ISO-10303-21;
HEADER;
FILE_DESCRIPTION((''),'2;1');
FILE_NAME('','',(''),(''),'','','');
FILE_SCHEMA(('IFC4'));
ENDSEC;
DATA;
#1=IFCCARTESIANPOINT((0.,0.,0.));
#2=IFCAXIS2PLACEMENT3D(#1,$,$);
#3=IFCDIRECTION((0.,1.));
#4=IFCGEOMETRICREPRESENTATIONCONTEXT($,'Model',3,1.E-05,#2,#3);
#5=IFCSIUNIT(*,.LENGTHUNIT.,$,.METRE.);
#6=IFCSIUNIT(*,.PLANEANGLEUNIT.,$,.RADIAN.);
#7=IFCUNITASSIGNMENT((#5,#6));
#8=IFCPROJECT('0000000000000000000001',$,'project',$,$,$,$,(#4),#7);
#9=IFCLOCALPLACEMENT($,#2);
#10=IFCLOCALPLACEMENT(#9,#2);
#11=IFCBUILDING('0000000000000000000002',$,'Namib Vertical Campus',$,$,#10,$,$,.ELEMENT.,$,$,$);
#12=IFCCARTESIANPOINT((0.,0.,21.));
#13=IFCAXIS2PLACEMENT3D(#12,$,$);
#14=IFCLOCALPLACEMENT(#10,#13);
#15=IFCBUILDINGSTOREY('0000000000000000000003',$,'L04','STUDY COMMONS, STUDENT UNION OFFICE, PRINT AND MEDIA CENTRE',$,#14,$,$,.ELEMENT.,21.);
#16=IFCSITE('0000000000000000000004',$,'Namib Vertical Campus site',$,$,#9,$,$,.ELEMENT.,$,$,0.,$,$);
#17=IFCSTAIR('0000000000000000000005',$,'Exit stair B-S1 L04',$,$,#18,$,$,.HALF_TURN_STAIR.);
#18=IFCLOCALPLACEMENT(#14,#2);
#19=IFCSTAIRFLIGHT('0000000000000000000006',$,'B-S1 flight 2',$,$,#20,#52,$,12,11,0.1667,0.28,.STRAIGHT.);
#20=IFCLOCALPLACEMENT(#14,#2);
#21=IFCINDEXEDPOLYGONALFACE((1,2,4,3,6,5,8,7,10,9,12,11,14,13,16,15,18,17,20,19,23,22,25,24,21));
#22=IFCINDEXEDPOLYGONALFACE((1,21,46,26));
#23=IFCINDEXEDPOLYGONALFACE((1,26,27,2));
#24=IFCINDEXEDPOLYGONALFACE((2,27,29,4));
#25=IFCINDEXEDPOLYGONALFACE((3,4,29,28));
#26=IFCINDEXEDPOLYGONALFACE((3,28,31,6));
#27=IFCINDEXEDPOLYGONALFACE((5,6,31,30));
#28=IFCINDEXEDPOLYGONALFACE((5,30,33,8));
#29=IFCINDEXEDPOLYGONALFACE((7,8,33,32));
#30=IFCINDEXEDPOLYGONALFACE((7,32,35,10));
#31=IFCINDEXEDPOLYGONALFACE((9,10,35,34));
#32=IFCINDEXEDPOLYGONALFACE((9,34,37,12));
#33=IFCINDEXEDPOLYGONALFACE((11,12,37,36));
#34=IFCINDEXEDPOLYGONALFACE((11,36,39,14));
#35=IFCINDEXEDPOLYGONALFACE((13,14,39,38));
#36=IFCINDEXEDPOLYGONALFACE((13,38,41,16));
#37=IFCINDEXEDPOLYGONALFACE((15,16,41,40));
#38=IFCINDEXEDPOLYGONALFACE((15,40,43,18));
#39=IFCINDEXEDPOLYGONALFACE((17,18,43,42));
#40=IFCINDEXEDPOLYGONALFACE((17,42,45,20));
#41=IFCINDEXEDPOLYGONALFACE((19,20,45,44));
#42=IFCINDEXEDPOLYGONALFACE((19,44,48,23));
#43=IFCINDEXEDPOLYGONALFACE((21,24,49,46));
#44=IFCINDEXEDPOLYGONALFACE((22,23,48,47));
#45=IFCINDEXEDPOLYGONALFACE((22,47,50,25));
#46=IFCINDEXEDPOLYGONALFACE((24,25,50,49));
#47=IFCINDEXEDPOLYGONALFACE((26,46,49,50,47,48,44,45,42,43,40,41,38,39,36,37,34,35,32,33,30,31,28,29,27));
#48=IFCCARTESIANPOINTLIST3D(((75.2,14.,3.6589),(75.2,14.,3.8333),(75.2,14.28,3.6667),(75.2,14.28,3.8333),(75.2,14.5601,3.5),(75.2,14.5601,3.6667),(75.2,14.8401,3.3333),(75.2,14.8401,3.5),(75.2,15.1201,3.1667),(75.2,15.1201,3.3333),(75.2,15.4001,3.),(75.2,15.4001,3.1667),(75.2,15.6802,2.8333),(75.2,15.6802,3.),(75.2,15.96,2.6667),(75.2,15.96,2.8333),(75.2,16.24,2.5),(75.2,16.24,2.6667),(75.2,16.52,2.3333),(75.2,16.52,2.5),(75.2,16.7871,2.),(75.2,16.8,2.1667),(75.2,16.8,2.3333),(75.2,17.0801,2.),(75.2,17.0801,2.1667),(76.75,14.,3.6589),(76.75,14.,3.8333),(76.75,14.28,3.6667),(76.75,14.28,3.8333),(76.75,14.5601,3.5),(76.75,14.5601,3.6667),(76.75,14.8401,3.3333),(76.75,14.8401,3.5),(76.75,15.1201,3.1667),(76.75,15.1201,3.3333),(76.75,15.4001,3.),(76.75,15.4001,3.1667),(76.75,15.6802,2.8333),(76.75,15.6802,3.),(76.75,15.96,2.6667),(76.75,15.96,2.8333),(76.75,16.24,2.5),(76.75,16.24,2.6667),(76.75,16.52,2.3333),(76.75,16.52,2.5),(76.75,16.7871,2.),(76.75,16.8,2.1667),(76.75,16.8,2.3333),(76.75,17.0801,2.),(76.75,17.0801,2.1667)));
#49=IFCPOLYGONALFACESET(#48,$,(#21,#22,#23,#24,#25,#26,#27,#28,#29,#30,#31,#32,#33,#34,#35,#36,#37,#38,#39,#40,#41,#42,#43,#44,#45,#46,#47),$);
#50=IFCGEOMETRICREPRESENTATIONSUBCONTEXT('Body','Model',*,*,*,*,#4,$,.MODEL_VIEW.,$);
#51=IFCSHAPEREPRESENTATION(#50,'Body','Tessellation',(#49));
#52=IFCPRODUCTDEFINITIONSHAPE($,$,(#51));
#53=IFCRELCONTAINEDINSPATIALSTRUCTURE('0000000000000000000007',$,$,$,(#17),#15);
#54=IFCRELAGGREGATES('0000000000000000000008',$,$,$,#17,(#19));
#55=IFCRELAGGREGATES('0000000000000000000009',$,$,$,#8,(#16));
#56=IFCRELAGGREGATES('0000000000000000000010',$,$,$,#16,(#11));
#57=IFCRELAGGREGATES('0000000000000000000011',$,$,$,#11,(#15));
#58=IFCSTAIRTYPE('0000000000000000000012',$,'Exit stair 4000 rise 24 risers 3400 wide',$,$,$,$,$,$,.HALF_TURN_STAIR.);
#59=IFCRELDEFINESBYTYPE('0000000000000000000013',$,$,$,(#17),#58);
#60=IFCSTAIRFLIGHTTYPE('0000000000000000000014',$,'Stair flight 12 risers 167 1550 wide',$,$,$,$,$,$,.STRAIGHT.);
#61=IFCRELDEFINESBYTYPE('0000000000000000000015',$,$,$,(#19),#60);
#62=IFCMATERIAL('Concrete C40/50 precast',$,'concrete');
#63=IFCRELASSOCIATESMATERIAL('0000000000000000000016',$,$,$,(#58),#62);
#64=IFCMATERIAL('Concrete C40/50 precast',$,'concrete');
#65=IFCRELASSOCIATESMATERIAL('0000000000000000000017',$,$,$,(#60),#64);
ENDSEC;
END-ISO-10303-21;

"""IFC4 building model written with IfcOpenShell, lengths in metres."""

from ifc_helpers import new_model, si_unit, direction, frame, origin, place, context, subcontext, project, spatial, polyline, outline, extrude, material, type_object, element, aggregate, save


model = new_model("IFC4")

# Units and contexts
model_context = context("Model", 3, precision=1e-05, world=origin(), true_north=direction((0.0, 1.0)))
body_context = subcontext(model_context, "Body", "Model", "MODEL_VIEW")
ifc_project = project(units=[si_unit("LENGTHUNIT", "METRE"), si_unit("PLANEANGLEUNIT", "RADIAN")], contexts=[model_context])

# Site, building, storey
site_placement = place(None, origin())
site = spatial("IfcSite", under=ifc_project, at=site_placement, Name="Namib Vertical Campus site", CompositionType="ELEMENT", RefElevation=0.0)
building_placement = place(site_placement, origin())
building = spatial("IfcBuilding", under=site, at=building_placement, Name="Namib Vertical Campus", CompositionType="ELEMENT")
storey_placement = place(building_placement, frame((0.0, 0.0, 21.0)))
storey = spatial("IfcBuildingStorey", under=building, at=storey_placement, Name="L04", Description="STUDY COMMONS, STUDENT UNION OFFICE, PRINT AND MEDIA CENTRE", CompositionType="ELEMENT", Elevation=21.0)

# Stair, stair flight
ifc_material_1 = material(Name="Concrete C40/50 precast", Category="concrete")
stair_type = type_object("IfcStairType", Name="Exit stair 4000 rise 24 risers 3400 wide", PredefinedType="HALF_TURN_STAIR", material=ifc_material_1)
stair_placement = place(storey_placement, origin())
stair = element("IfcStair", 1, at=stair_placement, inside=storey, type_object=stair_type, Name="Exit stair B-S1 L04", PredefinedType="HALF_TURN_STAIR")
ifc_material_2 = material(Name="Concrete C40/50 precast", Category="concrete")
stair_flight_type = type_object("IfcStairFlightType", Name="Stair flight 12 risers 167 1550 wide", PredefinedType="STRAIGHT", material=ifc_material_2)
stair_flight_1_placement = place(storey_placement, frame((75.9751, 17.0801, 2.0), z_axis=(0.0, 0.0, 1.0), x_axis=(0.0, -1.0, 0.0)))
stair_flight_1 = element("IfcStairFlight", 2, at=stair_flight_1_placement, type_object=stair_flight_type, Name="B-S1 flight 2", NumberOfRisers=12, NumberOfTreads=11, PredefinedType="STRAIGHT", RiserHeight=0.1667, TreadLength=0.28, context=body_context, shape_type="SweptSolid", body=[
    extrude(outline(polyline([(0.0, 0.0), (0.0, 0.1667), (0.28, 0.1667), (0.28, 0.3333), (0.5601, 0.3333), (0.5601, 0.5), (0.8401, 0.5), (0.8401, 0.6667), (1.1201, 0.6667), (1.1201, 0.8333), (1.3999, 0.8333), (1.3999, 1.0), (1.6799, 1.0), (1.6799, 1.1667), (1.96, 1.1667), (1.96, 1.3333), (2.24, 1.3333), (2.24, 1.5), (2.52, 1.5), (2.52, 1.6667), (2.8, 1.6667), (2.8, 1.8333), (3.0801, 1.8333), (3.0801, 2.0), (3.0801, 1.6589), (0.293, 0.0), (0.0, 0.0)])), frame((0.0, 0.7749, 0.0), z_axis=(0.0, -1.0, 0.0), x_axis=(1.0, 0.0, 0.0)), (0.0, 0.0, 1.0), 1.55),
])
aggregate(stair, [stair_flight_1])

save(model, "model.ifc")
